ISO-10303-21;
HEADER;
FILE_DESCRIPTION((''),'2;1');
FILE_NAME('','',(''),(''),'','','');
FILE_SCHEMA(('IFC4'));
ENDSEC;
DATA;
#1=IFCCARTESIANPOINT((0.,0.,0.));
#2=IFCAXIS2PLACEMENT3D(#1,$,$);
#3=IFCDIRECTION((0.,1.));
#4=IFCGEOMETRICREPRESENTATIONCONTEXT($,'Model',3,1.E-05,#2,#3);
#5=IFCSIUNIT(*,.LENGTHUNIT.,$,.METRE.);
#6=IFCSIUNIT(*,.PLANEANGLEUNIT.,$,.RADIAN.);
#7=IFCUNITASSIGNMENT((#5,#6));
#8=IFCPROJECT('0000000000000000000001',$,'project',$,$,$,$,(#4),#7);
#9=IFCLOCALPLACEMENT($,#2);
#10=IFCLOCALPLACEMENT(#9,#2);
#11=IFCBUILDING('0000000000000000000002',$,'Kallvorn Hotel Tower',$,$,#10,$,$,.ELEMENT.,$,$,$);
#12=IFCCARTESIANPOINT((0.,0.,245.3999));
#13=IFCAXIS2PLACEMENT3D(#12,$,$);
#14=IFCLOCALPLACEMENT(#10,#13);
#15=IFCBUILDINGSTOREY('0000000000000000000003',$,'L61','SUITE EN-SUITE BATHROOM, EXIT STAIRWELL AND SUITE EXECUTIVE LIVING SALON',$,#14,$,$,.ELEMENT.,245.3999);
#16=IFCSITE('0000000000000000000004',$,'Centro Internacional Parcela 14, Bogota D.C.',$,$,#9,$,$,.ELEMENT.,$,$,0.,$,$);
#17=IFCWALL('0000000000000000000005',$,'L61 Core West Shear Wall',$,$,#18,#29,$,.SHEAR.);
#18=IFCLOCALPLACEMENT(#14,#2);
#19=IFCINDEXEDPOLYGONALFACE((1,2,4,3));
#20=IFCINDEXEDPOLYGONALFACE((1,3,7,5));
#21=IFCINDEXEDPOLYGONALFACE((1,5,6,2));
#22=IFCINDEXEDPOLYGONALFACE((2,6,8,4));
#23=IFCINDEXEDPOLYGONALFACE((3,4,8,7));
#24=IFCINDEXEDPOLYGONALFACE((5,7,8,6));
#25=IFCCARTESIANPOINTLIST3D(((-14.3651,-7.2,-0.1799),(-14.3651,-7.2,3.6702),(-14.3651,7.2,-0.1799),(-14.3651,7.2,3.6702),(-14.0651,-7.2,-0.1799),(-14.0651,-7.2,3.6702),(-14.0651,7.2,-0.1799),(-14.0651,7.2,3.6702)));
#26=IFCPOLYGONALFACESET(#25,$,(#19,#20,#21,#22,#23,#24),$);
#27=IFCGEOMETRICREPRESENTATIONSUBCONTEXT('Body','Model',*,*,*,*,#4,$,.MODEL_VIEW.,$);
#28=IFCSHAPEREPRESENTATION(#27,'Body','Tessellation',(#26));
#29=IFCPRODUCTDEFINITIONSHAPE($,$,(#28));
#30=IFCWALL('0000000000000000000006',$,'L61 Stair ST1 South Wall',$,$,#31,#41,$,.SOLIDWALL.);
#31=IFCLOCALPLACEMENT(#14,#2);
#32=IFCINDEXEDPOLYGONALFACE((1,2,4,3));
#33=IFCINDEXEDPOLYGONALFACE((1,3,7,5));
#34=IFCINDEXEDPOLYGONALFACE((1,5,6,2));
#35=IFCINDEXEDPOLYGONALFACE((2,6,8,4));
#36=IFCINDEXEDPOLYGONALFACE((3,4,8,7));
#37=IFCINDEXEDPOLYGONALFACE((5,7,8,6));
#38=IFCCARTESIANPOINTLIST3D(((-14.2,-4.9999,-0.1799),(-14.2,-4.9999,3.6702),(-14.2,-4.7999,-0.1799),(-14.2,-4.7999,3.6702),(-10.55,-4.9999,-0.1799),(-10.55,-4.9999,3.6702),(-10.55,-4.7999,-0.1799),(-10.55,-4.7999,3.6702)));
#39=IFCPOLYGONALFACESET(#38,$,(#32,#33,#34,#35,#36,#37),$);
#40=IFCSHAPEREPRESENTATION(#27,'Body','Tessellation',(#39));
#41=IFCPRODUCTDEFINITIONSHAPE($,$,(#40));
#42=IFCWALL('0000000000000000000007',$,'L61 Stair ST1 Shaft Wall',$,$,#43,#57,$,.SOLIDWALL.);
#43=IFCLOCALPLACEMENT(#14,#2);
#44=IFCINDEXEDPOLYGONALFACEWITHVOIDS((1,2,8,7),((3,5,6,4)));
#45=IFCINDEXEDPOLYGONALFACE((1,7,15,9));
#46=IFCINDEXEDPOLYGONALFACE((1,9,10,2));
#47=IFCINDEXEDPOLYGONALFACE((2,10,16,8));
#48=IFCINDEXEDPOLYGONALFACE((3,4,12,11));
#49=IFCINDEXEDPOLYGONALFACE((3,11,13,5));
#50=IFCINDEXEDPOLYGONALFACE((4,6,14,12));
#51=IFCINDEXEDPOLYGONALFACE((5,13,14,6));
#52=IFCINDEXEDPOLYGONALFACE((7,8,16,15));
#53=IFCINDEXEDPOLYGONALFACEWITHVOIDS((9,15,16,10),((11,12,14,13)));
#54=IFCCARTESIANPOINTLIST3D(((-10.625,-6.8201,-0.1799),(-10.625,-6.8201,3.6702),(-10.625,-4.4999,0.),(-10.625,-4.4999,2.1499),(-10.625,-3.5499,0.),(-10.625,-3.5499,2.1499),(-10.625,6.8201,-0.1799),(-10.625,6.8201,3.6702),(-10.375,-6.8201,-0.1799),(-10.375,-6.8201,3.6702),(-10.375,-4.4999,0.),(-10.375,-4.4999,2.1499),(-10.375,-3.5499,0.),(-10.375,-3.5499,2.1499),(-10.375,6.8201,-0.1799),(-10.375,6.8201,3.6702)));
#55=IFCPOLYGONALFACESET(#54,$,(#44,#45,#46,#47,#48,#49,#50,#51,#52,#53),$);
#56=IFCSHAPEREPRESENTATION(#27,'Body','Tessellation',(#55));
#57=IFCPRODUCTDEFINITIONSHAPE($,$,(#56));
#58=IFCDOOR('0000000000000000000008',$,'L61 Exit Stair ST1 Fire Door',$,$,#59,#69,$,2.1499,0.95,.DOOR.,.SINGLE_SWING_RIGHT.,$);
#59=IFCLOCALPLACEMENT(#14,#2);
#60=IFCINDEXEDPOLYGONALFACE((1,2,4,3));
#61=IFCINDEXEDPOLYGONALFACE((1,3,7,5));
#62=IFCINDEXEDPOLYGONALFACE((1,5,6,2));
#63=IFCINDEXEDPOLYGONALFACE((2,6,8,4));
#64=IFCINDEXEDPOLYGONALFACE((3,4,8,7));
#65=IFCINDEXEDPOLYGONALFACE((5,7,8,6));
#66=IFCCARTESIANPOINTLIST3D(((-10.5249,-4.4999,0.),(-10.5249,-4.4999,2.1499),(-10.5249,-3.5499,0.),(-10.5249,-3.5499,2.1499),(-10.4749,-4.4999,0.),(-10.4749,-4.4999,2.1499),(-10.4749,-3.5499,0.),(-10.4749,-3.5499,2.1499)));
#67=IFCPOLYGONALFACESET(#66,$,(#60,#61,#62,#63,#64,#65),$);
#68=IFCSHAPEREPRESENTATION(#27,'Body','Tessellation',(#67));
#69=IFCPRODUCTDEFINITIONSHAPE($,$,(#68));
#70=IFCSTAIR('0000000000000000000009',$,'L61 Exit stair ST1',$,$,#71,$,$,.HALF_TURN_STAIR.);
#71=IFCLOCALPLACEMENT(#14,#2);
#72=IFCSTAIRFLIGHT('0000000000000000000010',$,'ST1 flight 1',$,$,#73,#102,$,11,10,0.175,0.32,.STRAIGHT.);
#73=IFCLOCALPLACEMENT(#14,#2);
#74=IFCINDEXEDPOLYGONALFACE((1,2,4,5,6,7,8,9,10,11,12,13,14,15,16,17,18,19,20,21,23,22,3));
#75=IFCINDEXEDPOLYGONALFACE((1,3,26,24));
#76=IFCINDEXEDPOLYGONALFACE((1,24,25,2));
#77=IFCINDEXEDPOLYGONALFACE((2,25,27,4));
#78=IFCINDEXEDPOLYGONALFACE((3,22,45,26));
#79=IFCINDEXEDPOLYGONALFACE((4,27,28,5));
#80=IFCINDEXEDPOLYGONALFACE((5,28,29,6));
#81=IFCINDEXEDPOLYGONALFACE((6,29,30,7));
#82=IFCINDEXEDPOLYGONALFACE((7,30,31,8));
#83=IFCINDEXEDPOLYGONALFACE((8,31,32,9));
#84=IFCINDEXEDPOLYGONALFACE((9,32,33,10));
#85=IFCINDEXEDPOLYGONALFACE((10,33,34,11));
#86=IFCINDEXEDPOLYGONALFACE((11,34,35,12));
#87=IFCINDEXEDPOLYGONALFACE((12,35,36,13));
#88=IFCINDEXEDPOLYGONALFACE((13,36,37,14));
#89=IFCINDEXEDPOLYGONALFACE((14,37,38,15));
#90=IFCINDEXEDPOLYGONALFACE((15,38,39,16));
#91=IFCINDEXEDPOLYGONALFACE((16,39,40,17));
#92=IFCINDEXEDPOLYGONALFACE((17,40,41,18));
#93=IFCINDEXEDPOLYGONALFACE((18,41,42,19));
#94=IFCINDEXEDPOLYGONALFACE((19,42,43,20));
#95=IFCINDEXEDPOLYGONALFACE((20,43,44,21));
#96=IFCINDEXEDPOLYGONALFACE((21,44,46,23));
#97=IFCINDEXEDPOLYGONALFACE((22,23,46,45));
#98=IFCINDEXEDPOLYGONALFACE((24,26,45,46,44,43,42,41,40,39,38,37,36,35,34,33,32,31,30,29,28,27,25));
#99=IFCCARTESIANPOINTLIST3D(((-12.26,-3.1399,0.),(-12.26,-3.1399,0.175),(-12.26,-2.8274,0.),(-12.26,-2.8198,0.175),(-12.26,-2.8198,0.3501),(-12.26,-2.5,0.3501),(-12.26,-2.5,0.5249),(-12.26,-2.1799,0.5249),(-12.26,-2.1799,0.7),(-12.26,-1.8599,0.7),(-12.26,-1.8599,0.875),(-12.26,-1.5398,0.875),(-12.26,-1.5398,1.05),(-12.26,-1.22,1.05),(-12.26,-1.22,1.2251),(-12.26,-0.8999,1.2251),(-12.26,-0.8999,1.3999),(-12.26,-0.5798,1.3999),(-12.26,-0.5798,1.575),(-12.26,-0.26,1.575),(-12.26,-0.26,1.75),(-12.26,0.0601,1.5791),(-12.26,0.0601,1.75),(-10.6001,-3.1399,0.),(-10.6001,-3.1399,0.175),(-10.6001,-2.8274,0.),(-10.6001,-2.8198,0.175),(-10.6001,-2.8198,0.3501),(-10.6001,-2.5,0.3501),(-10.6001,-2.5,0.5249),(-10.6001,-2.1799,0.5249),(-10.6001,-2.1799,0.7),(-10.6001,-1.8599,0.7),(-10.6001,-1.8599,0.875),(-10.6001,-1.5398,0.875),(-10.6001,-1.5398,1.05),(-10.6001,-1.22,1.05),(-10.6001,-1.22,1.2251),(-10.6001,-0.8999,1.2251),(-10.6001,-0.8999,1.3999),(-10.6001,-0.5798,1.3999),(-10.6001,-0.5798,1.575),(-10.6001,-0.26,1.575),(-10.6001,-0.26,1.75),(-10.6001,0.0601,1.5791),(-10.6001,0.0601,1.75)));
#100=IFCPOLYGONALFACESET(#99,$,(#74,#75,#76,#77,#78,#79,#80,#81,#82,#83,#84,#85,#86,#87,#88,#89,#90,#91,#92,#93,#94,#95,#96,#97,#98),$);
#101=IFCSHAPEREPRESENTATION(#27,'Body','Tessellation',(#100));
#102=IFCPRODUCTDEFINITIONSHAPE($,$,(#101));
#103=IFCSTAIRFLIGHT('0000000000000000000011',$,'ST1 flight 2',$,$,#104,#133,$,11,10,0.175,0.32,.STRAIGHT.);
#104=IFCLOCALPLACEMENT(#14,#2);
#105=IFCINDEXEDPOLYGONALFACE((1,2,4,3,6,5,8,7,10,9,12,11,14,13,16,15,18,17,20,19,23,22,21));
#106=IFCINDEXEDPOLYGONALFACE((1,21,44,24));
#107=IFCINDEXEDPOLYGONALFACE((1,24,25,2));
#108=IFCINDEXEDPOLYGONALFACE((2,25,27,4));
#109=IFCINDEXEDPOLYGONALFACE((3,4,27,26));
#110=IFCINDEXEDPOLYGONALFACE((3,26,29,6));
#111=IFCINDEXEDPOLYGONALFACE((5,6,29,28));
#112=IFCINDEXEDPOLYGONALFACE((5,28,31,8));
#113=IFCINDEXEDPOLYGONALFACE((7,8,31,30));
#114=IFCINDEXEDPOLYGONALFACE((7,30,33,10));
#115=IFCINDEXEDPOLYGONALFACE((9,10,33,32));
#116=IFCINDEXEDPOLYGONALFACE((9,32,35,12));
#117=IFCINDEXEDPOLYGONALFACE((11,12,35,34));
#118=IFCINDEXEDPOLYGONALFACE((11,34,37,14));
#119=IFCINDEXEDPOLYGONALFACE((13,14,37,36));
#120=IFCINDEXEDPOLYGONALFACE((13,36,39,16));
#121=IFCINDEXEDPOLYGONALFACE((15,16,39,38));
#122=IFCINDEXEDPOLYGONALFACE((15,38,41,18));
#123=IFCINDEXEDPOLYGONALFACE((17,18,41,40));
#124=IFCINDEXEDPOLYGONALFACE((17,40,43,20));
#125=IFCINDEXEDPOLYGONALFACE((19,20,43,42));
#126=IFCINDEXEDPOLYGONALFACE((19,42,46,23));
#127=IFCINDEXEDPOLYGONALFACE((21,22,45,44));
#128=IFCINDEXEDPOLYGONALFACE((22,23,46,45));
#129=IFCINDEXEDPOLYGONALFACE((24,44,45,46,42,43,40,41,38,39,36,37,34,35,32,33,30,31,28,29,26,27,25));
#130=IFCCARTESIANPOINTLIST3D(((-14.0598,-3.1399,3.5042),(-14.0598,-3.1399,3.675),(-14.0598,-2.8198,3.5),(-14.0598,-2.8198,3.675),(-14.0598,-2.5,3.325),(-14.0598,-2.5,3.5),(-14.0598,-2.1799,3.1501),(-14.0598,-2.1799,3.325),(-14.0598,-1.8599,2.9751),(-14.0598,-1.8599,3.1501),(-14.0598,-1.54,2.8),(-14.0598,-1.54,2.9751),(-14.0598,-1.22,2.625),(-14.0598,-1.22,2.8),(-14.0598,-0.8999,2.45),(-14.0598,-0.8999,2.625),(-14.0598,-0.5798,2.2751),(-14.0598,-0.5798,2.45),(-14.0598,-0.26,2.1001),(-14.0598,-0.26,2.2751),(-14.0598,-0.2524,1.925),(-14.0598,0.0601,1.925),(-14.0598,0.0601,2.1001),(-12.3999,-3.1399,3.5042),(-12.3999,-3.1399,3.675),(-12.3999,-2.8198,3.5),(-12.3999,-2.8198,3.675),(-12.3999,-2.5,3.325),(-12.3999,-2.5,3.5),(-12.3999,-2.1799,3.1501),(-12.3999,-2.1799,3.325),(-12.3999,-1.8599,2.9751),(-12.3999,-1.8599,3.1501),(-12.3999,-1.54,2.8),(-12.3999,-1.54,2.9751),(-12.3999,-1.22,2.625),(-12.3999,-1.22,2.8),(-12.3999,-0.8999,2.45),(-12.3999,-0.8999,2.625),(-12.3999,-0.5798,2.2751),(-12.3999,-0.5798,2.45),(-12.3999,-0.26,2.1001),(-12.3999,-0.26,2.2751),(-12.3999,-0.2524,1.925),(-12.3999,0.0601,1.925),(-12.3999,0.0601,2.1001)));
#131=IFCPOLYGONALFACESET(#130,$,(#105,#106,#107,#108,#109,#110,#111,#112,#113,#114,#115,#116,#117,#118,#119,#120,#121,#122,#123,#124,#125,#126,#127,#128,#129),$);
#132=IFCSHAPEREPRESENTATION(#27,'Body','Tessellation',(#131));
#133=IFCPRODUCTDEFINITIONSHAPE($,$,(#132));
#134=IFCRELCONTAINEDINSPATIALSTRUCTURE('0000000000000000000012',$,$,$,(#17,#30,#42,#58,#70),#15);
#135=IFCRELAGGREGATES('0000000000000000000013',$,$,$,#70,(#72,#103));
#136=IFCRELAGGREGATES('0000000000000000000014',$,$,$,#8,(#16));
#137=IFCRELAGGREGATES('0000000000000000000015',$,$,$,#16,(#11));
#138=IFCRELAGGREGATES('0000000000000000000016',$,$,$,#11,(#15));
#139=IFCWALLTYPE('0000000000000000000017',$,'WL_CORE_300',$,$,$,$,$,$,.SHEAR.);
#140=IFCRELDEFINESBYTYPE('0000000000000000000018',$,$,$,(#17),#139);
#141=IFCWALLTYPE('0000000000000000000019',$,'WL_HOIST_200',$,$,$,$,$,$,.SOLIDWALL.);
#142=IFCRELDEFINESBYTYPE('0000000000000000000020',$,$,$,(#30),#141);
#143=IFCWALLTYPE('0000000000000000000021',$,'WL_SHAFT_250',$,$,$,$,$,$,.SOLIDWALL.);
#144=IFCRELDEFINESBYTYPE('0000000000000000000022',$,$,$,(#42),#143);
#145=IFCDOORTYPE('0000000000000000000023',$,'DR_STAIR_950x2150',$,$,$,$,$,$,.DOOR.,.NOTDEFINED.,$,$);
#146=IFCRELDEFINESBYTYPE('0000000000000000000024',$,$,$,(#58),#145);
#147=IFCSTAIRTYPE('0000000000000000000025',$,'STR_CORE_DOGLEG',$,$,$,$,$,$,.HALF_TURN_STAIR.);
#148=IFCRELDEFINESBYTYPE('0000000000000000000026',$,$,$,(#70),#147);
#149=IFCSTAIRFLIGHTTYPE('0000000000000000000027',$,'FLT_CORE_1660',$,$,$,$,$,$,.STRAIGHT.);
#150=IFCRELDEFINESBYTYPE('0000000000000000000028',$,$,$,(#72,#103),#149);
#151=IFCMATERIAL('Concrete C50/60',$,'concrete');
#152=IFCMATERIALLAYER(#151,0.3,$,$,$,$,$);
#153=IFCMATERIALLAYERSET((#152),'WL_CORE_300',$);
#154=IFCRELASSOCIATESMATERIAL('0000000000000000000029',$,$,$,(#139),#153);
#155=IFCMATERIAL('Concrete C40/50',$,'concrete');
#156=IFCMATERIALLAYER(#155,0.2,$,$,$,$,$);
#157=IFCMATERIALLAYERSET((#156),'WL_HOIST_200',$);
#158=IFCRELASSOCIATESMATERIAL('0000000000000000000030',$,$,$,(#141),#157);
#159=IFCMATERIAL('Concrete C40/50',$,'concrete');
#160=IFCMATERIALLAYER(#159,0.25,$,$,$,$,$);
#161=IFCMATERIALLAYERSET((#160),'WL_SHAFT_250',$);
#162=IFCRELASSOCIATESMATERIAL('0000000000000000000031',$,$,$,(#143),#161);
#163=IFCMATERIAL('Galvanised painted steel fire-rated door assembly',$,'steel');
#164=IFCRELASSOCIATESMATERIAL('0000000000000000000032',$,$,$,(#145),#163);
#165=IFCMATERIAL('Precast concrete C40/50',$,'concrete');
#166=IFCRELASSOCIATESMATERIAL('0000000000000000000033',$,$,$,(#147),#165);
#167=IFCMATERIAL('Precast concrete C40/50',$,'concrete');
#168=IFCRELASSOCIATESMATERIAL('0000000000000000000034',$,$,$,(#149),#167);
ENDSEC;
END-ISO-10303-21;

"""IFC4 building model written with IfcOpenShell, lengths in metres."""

from ifc_helpers import new_model, si_unit, direction, frame, frame_2d, origin, place, context, subcontext, project, spatial, polyline, rectangle, outline, extrude, material, layer, layer_set, type_object, element, fill, aggregate, save


model = new_model("IFC4")

# Units and contexts
model_context = context("Model", 3, precision=1e-05, world=origin(), true_north=direction((0.0, 1.0)))
body_context = subcontext(model_context, "Body", "Model", "MODEL_VIEW")
ifc_project = project(units=[si_unit("LENGTHUNIT", "METRE"), si_unit("PLANEANGLEUNIT", "RADIAN")], contexts=[model_context])

# Site, building, storey
site_placement = place(None, origin())
site = spatial("IfcSite", under=ifc_project, at=site_placement, Name="Centro Internacional Parcela 14, Bogota D.C.", CompositionType="ELEMENT", RefElevation=0.0)
building_placement = place(site_placement, origin())
building = spatial("IfcBuilding", under=site, at=building_placement, Name="Kallvorn Hotel Tower", CompositionType="ELEMENT")
storey_placement = place(building_placement, frame((0.0, 0.0, 245.3999)))
storey = spatial("IfcBuildingStorey", under=building, at=storey_placement, Name="L61", Description="SUITE EN-SUITE BATHROOM, EXIT STAIRWELL AND SUITE EXECUTIVE LIVING SALON", CompositionType="ELEMENT", Elevation=245.3999)

# Walls
ifc_material_1 = material(Name="Concrete C50/60", Category="concrete")
ifc_layer_1 = layer(ifc_material_1, 0.3)
ifc_layer_set_1 = layer_set([ifc_layer_1], Name="WL_CORE_300")
wall_type_1 = type_object("IfcWallType", Name="WL_CORE_300", PredefinedType="SHEAR", material=ifc_layer_set_1)
wall_1_placement = place(storey_placement, frame((-14.2151, -7.2, -0.1799), z_axis=(0.0, 0.0, 1.0), x_axis=(0.0, 1.0, 0.0)))
element("IfcWall", 1, at=wall_1_placement, inside=storey, type_object=wall_type_1, Name="L61 Core West Shear Wall", PredefinedType="SHEAR", context=body_context, shape_type="SweptSolid", body=[
    extrude(rectangle(XDim=14.3999, YDim=0.3, at=frame_2d((7.2, 0.0))), origin(), (0.0, 0.0, 1.0), 3.8501),
])
ifc_material_2 = material(Name="Concrete C40/50", Category="concrete")
ifc_layer_2 = layer(ifc_material_2, 0.2)
ifc_layer_set_2 = layer_set([ifc_layer_2], Name="WL_HOIST_200")
wall_type_2 = type_object("IfcWallType", Name="WL_HOIST_200", PredefinedType="SOLIDWALL", material=ifc_layer_set_2)
wall_2_placement = place(storey_placement, frame((-14.2, -4.8999, -0.1799), z_axis=(0.0, 0.0, 1.0), x_axis=(1.0, 0.0, 0.0)))
element("IfcWall", 2, at=wall_2_placement, inside=storey, type_object=wall_type_2, Name="L61 Stair ST1 South Wall", PredefinedType="SOLIDWALL", context=body_context, shape_type="SweptSolid", body=[
    extrude(rectangle(XDim=3.6499, YDim=0.2, at=frame_2d((1.825, 0.0))), origin(), (0.0, 0.0, 1.0), 3.8501),
])

# Wall, opening, door
ifc_material_3 = material(Name="Concrete C40/50", Category="concrete")
ifc_layer_3 = layer(ifc_material_3, 0.25)
ifc_layer_set_3 = layer_set([ifc_layer_3], Name="WL_SHAFT_250")
wall_type_3 = type_object("IfcWallType", Name="WL_SHAFT_250", PredefinedType="SOLIDWALL", material=ifc_layer_set_3)
wall_3_placement = place(storey_placement, frame((-10.5, -6.8201, -0.1799), z_axis=(0.0, 0.0, 1.0), x_axis=(0.0, 1.0, 0.0)))
wall_3 = element("IfcWall", 3, at=wall_3_placement, inside=storey, type_object=wall_type_3, Name="L61 Stair ST1 Shaft Wall", PredefinedType="SOLIDWALL", context=body_context, shape_type="SweptSolid", body=[
    extrude(rectangle(XDim=13.6401, YDim=0.25, at=frame_2d((6.8201, 0.0))), origin(), (0.0, 0.0, 1.0), 3.8501),
])
opening_1_placement = place(wall_3_placement, frame((2.3201, 0.0, 0.1799)))
opening_1 = element("IfcOpeningElement", 4, at=opening_1_placement, cuts=wall_3, PredefinedType="OPENING", context=body_context, shape_type="SweptSolid", body=[
    extrude(rectangle(XDim=0.95, YDim=2.1499, at=frame_2d((0.4751, 1.075))), frame((0.0, 0.1399, 0.0), z_axis=(0.0, -1.0, 0.0), x_axis=(1.0, 0.0, 0.0)), (0.0, 0.0, 1.0), 0.28),
])
ifc_material_4 = material(Name="Galvanised painted steel fire-rated door assembly", Category="steel")
door_type_1 = type_object("IfcDoorType", Name="DR_STAIR_950x2150", OperationType="NOTDEFINED", PredefinedType="DOOR", material=ifc_material_4)
door_1_placement = place(opening_1_placement, origin())
door_1 = element("IfcDoor", 5, at=door_1_placement, inside=storey, type_object=door_type_1, Name="L61 Exit Stair ST1 Fire Door", OperationType="SINGLE_SWING_RIGHT", OverallHeight=2.1499, OverallWidth=0.95, PredefinedType="DOOR", context=body_context, shape_type="SweptSolid", body=[
    extrude(rectangle(XDim=0.95, YDim=2.1499, at=frame_2d((0.4751, 1.075))), frame((0.0, 0.0249, 0.0), z_axis=(0.0, -1.0, 0.0), x_axis=(1.0, 0.0, 0.0)), (0.0, 0.0, 1.0), 0.05),
])
fill(opening_1, door_1)

# Stair, stair flights
ifc_material_5 = material(Name="Precast concrete C40/50", Category="concrete")
stair_type = type_object("IfcStairType", Name="STR_CORE_DOGLEG", PredefinedType="HALF_TURN_STAIR", material=ifc_material_5)
stair_placement = place(storey_placement, origin())
stair = element("IfcStair", 6, at=stair_placement, inside=storey, type_object=stair_type, Name="L61 Exit stair ST1", PredefinedType="HALF_TURN_STAIR")
ifc_material_6 = material(Name="Precast concrete C40/50", Category="concrete")
stair_flight_type = type_object("IfcStairFlightType", Name="FLT_CORE_1660", PredefinedType="STRAIGHT", material=ifc_material_6)
stair_flight_1_placement = place(storey_placement, frame((-11.4299, -3.1399, 0.0), z_axis=(0.0, 0.0, 1.0), x_axis=(0.0, 1.0, 0.0)))
stair_flight_1 = element("IfcStairFlight", 7, at=stair_flight_1_placement, type_object=stair_flight_type, Name="ST1 flight 1", NumberOfRisers=11, NumberOfTreads=10, PredefinedType="STRAIGHT", RiserHeight=0.175, TreadLength=0.32, context=body_context, shape_type="SweptSolid", body=[
    extrude(outline(polyline([(0.0, 0.0), (0.0, 0.175), (0.3201, 0.175), (0.3201, 0.3501), (0.6399, 0.3501), (0.6399, 0.5249), (0.96, 0.5249), (0.96, 0.7), (1.28, 0.7), (1.28, 0.875), (1.6001, 0.875), (1.6001, 1.05), (1.9199, 1.05), (1.9199, 1.2251), (2.24, 1.2251), (2.24, 1.3999), (2.5601, 1.3999), (2.5601, 1.575), (2.8799, 1.575), (2.8799, 1.75), (3.2, 1.75), (3.2, 1.925), (3.2, 1.5791), (0.3125, 0.0), (0.0, 0.0)])), frame((0.0, 0.8301, 0.0), z_axis=(0.0, -1.0, 0.0), x_axis=(1.0, 0.0, 0.0)), (0.0, 0.0, 1.0), 1.6599),
])
stair_flight_2_placement = place(storey_placement, frame((-13.23, 0.0601, 1.925), z_axis=(0.0, 0.0, 1.0), x_axis=(0.0, -1.0, 0.0)))
stair_flight_2 = element("IfcStairFlight", 8, at=stair_flight_2_placement, type_object=stair_flight_type, Name="ST1 flight 2", NumberOfRisers=11, NumberOfTreads=10, PredefinedType="STRAIGHT", RiserHeight=0.175, TreadLength=0.32, context=body_context, shape_type="SweptSolid", body=[
    extrude(outline(polyline([(0.0, 0.0), (0.0, 0.175), (0.3201, 0.175), (0.3201, 0.3501), (0.6399, 0.3501), (0.6399, 0.5249), (0.96, 0.5249), (0.96, 0.7), (1.28, 0.7), (1.28, 0.875), (1.6001, 0.875), (1.6001, 1.05), (1.9199, 1.05), (1.9199, 1.2251), (2.24, 1.2251), (2.24, 1.3999), (2.5601, 1.3999), (2.5601, 1.575), (2.8799, 1.575), (2.8799, 1.75), (3.2, 1.75), (3.2, 1.925), (3.2, 1.5791), (0.3125, 0.0), (0.0, 0.0)])), frame((0.0, 0.8301, 0.0), z_axis=(0.0, -1.0, 0.0), x_axis=(1.0, 0.0, 0.0)), (0.0, 0.0, 1.0), 1.6599),
])
aggregate(stair, [stair_flight_1, stair_flight_2])

save(model, "model.ifc")
